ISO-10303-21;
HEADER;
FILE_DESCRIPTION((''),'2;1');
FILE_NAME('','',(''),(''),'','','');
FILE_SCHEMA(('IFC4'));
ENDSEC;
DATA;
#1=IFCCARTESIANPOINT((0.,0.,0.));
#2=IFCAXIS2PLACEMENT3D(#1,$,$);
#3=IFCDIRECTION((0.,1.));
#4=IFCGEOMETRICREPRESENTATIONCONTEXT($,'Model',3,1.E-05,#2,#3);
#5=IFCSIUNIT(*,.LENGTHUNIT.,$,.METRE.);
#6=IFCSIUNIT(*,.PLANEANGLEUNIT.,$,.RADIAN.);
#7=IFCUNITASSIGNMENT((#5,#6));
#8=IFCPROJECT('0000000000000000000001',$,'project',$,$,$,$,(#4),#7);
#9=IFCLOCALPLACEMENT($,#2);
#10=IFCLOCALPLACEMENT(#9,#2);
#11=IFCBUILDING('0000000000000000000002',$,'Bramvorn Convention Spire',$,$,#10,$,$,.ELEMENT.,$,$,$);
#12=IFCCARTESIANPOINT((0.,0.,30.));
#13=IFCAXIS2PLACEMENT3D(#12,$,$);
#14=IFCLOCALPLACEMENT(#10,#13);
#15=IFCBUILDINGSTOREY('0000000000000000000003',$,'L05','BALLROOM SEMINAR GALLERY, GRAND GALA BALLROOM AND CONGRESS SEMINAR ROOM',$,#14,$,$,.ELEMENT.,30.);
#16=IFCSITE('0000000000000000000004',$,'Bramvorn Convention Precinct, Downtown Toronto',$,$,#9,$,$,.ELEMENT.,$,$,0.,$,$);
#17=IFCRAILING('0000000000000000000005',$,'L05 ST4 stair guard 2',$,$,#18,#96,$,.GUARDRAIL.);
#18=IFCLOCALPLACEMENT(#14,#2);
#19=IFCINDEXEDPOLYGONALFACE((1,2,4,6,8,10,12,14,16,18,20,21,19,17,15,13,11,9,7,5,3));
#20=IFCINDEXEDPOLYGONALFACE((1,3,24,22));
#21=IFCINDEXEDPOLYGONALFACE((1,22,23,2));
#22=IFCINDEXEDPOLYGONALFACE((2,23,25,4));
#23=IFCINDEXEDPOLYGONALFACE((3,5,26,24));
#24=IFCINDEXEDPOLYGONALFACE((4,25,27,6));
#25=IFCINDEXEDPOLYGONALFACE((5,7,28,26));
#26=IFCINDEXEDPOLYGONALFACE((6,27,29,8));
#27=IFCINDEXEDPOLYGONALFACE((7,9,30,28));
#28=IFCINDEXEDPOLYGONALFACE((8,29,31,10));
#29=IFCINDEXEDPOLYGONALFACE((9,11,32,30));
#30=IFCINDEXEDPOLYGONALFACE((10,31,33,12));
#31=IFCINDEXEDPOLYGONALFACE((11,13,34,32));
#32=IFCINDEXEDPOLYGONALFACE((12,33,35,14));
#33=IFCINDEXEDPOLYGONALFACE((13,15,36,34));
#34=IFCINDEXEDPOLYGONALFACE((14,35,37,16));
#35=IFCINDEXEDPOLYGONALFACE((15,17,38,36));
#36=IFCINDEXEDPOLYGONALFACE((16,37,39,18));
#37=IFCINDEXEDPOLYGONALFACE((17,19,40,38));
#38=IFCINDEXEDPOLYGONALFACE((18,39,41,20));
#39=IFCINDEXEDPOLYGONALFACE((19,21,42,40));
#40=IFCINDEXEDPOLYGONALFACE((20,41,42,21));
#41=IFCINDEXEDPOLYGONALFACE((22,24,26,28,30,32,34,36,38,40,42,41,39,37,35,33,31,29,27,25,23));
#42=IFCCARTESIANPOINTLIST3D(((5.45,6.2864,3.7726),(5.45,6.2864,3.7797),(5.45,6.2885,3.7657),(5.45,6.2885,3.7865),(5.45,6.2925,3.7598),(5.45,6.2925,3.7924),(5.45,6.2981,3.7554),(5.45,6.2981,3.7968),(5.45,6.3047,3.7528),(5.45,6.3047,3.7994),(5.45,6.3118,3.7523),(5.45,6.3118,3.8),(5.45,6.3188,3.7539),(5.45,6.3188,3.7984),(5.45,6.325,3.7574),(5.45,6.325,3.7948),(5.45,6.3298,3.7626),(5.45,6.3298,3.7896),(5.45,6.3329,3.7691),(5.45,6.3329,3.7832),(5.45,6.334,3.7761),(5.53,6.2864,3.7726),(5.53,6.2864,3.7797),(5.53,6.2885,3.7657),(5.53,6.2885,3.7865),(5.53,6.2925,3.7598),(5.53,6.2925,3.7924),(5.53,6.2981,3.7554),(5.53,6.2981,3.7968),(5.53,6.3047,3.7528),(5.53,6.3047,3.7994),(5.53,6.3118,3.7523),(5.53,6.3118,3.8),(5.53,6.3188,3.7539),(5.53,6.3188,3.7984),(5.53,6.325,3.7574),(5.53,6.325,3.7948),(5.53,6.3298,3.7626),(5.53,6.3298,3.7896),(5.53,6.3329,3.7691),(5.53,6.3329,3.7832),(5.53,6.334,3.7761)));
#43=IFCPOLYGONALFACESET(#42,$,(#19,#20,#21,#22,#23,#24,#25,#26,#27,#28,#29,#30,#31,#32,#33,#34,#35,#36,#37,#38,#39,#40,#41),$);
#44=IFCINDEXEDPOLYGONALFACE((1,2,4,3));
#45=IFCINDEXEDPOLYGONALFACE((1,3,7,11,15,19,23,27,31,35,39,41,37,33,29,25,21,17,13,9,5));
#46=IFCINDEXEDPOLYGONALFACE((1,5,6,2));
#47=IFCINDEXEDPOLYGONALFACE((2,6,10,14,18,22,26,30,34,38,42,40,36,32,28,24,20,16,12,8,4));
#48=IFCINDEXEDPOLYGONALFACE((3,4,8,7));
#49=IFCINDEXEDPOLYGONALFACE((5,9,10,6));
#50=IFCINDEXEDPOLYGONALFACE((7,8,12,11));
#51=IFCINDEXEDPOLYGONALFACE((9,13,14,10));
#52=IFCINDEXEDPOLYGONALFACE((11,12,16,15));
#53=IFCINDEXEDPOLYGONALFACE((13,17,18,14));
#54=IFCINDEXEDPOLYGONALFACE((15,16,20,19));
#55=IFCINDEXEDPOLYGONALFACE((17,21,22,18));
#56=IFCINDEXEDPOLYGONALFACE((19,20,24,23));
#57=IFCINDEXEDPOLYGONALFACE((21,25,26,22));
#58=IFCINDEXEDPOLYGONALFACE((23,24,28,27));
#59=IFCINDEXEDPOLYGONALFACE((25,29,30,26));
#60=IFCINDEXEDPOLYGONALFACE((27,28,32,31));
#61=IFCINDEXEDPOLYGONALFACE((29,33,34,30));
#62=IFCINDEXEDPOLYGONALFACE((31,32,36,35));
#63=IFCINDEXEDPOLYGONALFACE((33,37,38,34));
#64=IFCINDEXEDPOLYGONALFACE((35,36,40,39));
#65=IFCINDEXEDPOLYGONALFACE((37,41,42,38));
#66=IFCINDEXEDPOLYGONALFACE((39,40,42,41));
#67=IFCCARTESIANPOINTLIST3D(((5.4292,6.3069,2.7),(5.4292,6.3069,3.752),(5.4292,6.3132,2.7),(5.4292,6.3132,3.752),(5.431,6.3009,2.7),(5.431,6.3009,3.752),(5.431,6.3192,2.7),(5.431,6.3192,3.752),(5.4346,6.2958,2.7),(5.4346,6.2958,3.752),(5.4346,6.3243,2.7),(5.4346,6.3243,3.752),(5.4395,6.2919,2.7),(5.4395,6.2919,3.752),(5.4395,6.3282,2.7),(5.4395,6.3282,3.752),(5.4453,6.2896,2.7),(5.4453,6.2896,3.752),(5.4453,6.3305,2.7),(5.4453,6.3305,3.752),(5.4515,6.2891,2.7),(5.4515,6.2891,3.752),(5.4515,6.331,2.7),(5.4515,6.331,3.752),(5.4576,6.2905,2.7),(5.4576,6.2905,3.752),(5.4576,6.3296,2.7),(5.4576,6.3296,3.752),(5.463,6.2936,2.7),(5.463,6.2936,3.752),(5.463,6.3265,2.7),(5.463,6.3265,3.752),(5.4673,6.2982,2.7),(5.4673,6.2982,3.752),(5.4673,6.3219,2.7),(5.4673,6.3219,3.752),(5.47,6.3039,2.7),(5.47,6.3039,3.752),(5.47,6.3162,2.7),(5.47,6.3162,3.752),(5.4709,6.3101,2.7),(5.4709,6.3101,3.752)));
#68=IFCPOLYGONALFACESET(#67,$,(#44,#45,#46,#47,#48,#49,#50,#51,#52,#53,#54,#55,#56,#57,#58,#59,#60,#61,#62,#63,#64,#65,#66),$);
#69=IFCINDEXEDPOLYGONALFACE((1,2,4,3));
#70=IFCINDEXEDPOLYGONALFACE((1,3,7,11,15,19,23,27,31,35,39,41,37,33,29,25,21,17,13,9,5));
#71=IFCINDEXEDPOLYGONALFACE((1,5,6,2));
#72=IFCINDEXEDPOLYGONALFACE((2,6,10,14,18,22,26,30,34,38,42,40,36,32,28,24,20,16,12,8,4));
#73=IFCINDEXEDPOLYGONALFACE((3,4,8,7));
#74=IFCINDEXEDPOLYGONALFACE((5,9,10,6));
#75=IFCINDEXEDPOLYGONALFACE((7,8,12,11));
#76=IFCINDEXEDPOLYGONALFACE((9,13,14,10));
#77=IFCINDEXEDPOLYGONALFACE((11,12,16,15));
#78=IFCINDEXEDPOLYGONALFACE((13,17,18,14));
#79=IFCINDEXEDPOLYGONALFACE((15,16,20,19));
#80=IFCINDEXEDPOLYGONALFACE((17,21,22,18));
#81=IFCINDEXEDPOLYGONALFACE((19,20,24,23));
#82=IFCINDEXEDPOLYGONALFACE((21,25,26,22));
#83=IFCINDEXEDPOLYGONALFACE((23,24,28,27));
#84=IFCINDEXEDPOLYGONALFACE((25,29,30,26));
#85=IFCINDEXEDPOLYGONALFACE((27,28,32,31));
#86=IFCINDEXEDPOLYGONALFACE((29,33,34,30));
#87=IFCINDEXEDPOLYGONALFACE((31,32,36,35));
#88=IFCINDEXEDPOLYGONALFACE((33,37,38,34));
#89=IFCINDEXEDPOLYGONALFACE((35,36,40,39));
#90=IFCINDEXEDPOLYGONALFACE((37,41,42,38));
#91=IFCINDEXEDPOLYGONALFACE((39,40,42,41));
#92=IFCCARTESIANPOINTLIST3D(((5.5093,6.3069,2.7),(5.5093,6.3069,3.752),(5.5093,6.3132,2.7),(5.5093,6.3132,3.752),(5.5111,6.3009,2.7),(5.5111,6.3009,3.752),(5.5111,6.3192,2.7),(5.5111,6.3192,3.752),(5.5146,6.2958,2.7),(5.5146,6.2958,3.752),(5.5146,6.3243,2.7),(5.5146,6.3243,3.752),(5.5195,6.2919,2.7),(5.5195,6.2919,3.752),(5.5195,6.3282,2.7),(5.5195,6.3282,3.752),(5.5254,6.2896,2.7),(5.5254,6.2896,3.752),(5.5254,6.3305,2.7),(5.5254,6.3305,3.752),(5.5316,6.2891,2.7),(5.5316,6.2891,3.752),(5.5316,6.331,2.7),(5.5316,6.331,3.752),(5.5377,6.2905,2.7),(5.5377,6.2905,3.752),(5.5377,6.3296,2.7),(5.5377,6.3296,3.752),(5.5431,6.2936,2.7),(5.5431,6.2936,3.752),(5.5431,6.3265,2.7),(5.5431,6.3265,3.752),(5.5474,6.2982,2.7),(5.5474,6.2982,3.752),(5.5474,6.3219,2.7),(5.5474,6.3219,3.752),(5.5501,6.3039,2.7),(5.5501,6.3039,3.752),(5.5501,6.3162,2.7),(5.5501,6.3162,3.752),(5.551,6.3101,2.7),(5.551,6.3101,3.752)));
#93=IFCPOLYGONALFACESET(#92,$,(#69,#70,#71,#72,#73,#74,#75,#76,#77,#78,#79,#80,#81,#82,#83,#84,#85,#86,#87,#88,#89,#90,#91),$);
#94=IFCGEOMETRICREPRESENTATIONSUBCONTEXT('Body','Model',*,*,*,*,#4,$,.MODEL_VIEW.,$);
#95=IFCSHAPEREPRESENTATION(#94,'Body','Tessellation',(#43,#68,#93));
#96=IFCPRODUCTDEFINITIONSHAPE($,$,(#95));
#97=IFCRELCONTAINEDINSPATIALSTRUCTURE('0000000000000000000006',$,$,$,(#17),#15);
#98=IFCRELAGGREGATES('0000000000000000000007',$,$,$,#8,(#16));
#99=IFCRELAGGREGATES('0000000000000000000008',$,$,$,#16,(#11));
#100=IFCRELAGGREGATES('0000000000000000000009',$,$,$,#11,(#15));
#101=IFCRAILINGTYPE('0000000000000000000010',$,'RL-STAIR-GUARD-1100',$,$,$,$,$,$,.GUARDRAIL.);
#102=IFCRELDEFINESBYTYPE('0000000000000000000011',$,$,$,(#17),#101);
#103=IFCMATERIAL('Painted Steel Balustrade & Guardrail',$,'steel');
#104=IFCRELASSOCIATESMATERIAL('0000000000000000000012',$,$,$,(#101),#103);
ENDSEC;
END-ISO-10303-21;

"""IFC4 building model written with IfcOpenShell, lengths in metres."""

from ifc_helpers import new_model, si_unit, direction, frame, origin, origin_2d, place, context, subcontext, project, spatial, circle, extrude, material, type_object, element, save


model = new_model("IFC4")

# Units and contexts
model_context = context("Model", 3, precision=1e-05, world=origin(), true_north=direction((0.0, 1.0)))
body_context = subcontext(model_context, "Body", "Model", "MODEL_VIEW")
ifc_project = project(units=[si_unit("LENGTHUNIT", "METRE"), si_unit("PLANEANGLEUNIT", "RADIAN")], contexts=[model_context])

# Site, building, storey
site_placement = place(None, origin())
site = spatial("IfcSite", under=ifc_project, at=site_placement, Name="Bramvorn Convention Precinct, Downtown Toronto", CompositionType="ELEMENT", RefElevation=0.0)
building_placement = place(site_placement, origin())
building = spatial("IfcBuilding", under=site, at=building_placement, Name="Bramvorn Convention Spire", CompositionType="ELEMENT")
storey_placement = place(building_placement, frame((0.0, 0.0, 30.0)))
storey = spatial("IfcBuildingStorey", under=building, at=storey_placement, Name="L05", Description="BALLROOM SEMINAR GALLERY, GRAND GALA BALLROOM AND CONGRESS SEMINAR ROOM", CompositionType="ELEMENT", Elevation=30.0)

# Railing
ifc_material_1 = material(Name="Painted Steel Balustrade & Guardrail", Category="steel")
railing_type = type_object("IfcRailingType", Name="RL-STAIR-GUARD-1100", PredefinedType="GUARDRAIL", material=ifc_material_1)
railing_1_placement = place(storey_placement, frame((5.45, 6.3101, 2.7)))
element("IfcRailing", 1, at=railing_1_placement, inside=storey, type_object=railing_type, Name="L05 ST4 stair guard 2", PredefinedType="GUARDRAIL", context=body_context, shape_type="SweptSolid", body=[
    extrude(circle(Radius=0.0239, at=origin_2d()), frame((0.0, 0.0, 1.0762), z_axis=(1.0, 0.0, 0.0), x_axis=(0.0, 1.0, 0.0)), (0.0, 0.0, 1.0), 0.0801),
    extrude(circle(Radius=0.021, at=origin_2d()), origin(), (0.0, 0.0, 1.0), 1.052),
    extrude(circle(Radius=0.021, at=origin_2d()), frame((0.0801, 0.0, 0.0)), (0.0, 0.0, 1.0), 1.052),
])

save(model, "model.ifc")
